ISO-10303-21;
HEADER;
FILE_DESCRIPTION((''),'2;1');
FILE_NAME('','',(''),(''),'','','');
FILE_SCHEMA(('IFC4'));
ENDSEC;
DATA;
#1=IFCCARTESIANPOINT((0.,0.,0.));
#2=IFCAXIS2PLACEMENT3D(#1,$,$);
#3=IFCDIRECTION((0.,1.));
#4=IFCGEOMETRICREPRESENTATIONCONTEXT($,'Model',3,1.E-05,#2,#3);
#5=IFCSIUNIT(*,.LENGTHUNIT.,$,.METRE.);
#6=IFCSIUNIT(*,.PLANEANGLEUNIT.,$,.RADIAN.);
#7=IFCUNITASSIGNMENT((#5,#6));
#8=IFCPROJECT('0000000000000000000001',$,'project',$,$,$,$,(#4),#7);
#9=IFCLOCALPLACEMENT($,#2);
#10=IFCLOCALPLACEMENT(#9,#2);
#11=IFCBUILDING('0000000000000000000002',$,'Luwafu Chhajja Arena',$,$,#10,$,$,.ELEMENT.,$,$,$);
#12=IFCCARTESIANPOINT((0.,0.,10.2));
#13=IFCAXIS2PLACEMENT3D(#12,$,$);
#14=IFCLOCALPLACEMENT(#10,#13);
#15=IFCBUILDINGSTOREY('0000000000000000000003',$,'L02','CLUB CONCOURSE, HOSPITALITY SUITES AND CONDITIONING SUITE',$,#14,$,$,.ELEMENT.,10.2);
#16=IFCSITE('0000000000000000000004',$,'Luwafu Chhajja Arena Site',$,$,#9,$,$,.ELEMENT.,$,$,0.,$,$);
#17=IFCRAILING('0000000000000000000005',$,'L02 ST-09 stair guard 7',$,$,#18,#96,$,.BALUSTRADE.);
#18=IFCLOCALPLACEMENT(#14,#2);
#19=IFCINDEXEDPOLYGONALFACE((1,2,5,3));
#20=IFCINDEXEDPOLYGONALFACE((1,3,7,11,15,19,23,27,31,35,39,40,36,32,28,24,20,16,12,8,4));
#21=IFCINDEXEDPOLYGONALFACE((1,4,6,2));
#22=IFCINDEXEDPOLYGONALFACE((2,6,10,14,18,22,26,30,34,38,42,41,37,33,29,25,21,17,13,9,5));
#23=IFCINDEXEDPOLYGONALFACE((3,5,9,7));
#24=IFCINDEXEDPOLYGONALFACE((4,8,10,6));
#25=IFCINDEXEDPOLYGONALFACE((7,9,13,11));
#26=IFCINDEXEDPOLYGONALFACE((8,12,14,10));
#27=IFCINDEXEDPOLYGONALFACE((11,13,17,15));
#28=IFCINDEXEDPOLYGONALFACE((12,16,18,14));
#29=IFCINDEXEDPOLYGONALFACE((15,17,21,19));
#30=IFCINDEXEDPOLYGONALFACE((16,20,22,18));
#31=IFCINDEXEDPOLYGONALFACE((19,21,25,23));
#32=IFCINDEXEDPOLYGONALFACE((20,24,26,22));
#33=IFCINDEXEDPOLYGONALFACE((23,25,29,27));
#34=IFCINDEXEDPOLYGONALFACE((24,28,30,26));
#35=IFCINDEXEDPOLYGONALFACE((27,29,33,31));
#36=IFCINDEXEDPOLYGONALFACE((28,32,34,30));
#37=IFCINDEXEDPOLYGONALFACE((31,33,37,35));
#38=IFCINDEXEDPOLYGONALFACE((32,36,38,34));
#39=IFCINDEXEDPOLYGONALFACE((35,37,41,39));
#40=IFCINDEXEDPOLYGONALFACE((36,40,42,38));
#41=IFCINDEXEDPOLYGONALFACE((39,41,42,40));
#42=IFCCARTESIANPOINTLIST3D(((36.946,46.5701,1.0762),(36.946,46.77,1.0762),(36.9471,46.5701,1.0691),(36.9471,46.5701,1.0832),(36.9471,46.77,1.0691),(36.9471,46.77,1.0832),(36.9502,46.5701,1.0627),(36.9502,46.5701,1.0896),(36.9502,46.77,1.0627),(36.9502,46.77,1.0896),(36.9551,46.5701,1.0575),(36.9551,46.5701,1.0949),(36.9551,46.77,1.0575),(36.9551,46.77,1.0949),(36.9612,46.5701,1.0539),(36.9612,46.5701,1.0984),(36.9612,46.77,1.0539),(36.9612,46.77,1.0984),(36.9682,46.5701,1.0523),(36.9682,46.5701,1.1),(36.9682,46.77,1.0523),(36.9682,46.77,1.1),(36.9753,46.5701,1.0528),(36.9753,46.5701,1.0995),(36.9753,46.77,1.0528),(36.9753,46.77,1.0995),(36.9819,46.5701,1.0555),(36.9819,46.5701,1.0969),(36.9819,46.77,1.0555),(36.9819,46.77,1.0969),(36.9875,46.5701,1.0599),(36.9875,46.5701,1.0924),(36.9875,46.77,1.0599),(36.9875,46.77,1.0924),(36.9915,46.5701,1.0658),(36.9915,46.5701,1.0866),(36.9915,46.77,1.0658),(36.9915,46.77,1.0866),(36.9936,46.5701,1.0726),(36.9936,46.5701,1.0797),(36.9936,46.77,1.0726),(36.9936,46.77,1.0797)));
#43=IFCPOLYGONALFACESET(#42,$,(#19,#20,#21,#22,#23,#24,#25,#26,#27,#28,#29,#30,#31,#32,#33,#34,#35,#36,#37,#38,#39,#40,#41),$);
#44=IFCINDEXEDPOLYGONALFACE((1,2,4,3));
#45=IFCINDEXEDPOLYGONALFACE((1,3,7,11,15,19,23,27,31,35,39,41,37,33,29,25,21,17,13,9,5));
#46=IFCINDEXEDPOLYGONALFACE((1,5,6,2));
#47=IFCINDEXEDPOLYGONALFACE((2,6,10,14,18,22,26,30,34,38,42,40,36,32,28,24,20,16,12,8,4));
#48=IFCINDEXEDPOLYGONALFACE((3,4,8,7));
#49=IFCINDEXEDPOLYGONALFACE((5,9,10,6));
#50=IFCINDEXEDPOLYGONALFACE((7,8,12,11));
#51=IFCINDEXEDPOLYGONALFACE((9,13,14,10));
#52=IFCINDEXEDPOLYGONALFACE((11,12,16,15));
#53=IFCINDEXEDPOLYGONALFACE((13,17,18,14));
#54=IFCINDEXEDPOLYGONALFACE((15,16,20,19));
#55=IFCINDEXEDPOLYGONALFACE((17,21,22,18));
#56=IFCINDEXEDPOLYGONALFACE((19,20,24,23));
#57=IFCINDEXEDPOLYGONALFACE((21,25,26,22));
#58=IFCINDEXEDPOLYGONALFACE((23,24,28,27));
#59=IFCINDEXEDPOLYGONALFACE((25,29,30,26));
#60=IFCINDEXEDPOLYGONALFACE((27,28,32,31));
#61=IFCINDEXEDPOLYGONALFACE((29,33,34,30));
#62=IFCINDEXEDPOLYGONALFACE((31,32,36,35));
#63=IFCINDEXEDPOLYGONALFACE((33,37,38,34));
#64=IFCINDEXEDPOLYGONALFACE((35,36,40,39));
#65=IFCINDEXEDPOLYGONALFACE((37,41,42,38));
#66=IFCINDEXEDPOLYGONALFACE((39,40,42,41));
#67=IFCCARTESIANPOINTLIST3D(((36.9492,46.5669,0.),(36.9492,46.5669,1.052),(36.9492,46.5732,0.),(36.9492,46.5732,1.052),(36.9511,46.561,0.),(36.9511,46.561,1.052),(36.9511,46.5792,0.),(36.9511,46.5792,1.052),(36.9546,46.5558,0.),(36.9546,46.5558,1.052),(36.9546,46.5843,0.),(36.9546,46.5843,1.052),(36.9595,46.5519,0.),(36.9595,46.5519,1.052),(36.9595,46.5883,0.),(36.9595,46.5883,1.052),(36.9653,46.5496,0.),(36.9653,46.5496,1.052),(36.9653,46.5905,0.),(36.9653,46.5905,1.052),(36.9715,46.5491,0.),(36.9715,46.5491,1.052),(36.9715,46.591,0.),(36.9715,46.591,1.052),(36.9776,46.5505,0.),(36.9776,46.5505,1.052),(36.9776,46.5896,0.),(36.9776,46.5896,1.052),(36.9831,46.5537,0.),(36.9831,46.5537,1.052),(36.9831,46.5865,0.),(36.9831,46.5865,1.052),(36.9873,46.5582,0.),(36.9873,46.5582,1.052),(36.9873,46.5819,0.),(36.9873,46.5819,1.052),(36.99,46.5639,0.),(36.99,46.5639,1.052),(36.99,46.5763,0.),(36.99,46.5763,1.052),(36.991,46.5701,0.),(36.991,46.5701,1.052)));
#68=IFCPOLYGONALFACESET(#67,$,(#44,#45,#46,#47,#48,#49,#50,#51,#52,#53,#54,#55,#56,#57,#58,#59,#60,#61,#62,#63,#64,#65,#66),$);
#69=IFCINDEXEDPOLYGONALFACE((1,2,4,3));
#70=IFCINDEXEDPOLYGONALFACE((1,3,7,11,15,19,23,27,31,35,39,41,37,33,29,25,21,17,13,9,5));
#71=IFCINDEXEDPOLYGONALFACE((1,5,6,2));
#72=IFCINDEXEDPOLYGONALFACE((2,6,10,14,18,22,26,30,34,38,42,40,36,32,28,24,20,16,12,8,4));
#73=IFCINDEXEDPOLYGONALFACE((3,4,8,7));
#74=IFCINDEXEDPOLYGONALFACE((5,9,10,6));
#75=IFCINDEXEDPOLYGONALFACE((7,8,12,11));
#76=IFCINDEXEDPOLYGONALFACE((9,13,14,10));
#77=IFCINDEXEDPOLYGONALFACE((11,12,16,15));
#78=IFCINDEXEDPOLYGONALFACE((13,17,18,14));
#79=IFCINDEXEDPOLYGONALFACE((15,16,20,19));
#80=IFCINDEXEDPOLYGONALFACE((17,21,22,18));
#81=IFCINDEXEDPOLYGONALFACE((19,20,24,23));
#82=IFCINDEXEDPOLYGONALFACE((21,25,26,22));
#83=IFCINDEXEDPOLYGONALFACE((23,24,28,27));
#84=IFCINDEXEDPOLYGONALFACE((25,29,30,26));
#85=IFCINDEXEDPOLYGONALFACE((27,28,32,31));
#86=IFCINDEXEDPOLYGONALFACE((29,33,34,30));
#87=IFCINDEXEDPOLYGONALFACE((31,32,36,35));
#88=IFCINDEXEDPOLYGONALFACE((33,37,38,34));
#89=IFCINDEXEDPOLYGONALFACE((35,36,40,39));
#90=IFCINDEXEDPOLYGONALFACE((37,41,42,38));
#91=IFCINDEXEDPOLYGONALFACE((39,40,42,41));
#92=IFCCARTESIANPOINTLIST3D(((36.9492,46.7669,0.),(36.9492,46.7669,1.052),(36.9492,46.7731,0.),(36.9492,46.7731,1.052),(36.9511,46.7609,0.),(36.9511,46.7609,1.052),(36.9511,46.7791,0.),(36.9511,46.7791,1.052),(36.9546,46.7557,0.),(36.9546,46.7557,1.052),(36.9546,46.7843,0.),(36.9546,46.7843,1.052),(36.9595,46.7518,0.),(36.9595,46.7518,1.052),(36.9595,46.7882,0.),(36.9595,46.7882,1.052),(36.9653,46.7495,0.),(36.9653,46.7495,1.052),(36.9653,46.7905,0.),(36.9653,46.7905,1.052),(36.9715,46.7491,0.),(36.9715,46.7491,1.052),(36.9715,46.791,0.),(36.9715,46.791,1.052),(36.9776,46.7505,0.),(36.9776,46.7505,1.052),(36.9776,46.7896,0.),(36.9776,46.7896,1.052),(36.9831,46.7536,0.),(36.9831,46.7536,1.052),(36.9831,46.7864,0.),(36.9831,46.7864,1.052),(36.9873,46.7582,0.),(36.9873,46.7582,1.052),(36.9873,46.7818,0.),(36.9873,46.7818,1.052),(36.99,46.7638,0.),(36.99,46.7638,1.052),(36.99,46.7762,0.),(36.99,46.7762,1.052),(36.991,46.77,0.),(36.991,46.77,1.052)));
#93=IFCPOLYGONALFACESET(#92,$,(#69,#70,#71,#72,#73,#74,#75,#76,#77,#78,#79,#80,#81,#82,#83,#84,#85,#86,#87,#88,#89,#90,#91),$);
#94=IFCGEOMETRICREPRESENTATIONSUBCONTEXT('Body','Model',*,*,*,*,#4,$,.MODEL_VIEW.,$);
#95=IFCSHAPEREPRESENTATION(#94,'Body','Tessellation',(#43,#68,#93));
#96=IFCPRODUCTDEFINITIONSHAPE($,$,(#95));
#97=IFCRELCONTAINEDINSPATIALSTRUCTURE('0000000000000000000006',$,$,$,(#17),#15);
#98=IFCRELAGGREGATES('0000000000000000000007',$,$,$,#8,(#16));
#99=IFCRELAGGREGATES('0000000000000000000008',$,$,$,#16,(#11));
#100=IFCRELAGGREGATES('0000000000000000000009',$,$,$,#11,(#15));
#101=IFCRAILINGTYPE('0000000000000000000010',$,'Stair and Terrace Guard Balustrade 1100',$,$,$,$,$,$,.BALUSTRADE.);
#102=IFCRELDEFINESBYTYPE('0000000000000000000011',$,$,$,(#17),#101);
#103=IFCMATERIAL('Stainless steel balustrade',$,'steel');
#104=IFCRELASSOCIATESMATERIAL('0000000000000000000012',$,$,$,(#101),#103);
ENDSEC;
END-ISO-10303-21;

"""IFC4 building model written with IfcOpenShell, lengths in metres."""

from ifc_helpers import new_model, si_unit, direction, frame, origin, origin_2d, place, context, subcontext, project, spatial, circle, extrude, material, type_object, element, save


model = new_model("IFC4")

# Units and contexts
model_context = context("Model", 3, precision=1e-05, world=origin(), true_north=direction((0.0, 1.0)))
body_context = subcontext(model_context, "Body", "Model", "MODEL_VIEW")
ifc_project = project(units=[si_unit("LENGTHUNIT", "METRE"), si_unit("PLANEANGLEUNIT", "RADIAN")], contexts=[model_context])

# Site, building, storey
site_placement = place(None, origin())
site = spatial("IfcSite", under=ifc_project, at=site_placement, Name="Luwafu Chhajja Arena Site", CompositionType="ELEMENT", RefElevation=0.0)
building_placement = place(site_placement, origin())
building = spatial("IfcBuilding", under=site, at=building_placement, Name="Luwafu Chhajja Arena", CompositionType="ELEMENT")
storey_placement = place(building_placement, frame((0.0, 0.0, 10.2)))
storey = spatial("IfcBuildingStorey", under=building, at=storey_placement, Name="L02", Description="CLUB CONCOURSE, HOSPITALITY SUITES AND CONDITIONING SUITE", CompositionType="ELEMENT", Elevation=10.2)

# Railing
ifc_material_1 = material(Name="Stainless steel balustrade", Category="steel")
railing_type_1 = type_object("IfcRailingType", Name="Stair and Terrace Guard Balustrade 1100", PredefinedType="BALUSTRADE", material=ifc_material_1)
railing_1_placement = place(storey_placement, frame((36.97, 46.5701, 0.0)))
element("IfcRailing", 1, at=railing_1_placement, inside=storey, type_object=railing_type_1, Name="L02 ST-09 stair guard 7", PredefinedType="BALUSTRADE", context=body_context, shape_type="SweptSolid", body=[
    extrude(circle(Radius=0.0239, at=origin_2d()), frame((0.0, 0.0, 1.0762), z_axis=(0.0, 1.0, 0.0), x_axis=(-1.0, 0.0, 0.0)), (0.0, 0.0, 1.0), 0.2),
    extrude(circle(Radius=0.021, at=origin_2d()), origin(), (0.0, 0.0, 1.0), 1.052),
    extrude(circle(Radius=0.021, at=origin_2d()), frame((0.0, 0.2, 0.0)), (0.0, 0.0, 1.0), 1.052),
])

save(model, "model.ifc")
